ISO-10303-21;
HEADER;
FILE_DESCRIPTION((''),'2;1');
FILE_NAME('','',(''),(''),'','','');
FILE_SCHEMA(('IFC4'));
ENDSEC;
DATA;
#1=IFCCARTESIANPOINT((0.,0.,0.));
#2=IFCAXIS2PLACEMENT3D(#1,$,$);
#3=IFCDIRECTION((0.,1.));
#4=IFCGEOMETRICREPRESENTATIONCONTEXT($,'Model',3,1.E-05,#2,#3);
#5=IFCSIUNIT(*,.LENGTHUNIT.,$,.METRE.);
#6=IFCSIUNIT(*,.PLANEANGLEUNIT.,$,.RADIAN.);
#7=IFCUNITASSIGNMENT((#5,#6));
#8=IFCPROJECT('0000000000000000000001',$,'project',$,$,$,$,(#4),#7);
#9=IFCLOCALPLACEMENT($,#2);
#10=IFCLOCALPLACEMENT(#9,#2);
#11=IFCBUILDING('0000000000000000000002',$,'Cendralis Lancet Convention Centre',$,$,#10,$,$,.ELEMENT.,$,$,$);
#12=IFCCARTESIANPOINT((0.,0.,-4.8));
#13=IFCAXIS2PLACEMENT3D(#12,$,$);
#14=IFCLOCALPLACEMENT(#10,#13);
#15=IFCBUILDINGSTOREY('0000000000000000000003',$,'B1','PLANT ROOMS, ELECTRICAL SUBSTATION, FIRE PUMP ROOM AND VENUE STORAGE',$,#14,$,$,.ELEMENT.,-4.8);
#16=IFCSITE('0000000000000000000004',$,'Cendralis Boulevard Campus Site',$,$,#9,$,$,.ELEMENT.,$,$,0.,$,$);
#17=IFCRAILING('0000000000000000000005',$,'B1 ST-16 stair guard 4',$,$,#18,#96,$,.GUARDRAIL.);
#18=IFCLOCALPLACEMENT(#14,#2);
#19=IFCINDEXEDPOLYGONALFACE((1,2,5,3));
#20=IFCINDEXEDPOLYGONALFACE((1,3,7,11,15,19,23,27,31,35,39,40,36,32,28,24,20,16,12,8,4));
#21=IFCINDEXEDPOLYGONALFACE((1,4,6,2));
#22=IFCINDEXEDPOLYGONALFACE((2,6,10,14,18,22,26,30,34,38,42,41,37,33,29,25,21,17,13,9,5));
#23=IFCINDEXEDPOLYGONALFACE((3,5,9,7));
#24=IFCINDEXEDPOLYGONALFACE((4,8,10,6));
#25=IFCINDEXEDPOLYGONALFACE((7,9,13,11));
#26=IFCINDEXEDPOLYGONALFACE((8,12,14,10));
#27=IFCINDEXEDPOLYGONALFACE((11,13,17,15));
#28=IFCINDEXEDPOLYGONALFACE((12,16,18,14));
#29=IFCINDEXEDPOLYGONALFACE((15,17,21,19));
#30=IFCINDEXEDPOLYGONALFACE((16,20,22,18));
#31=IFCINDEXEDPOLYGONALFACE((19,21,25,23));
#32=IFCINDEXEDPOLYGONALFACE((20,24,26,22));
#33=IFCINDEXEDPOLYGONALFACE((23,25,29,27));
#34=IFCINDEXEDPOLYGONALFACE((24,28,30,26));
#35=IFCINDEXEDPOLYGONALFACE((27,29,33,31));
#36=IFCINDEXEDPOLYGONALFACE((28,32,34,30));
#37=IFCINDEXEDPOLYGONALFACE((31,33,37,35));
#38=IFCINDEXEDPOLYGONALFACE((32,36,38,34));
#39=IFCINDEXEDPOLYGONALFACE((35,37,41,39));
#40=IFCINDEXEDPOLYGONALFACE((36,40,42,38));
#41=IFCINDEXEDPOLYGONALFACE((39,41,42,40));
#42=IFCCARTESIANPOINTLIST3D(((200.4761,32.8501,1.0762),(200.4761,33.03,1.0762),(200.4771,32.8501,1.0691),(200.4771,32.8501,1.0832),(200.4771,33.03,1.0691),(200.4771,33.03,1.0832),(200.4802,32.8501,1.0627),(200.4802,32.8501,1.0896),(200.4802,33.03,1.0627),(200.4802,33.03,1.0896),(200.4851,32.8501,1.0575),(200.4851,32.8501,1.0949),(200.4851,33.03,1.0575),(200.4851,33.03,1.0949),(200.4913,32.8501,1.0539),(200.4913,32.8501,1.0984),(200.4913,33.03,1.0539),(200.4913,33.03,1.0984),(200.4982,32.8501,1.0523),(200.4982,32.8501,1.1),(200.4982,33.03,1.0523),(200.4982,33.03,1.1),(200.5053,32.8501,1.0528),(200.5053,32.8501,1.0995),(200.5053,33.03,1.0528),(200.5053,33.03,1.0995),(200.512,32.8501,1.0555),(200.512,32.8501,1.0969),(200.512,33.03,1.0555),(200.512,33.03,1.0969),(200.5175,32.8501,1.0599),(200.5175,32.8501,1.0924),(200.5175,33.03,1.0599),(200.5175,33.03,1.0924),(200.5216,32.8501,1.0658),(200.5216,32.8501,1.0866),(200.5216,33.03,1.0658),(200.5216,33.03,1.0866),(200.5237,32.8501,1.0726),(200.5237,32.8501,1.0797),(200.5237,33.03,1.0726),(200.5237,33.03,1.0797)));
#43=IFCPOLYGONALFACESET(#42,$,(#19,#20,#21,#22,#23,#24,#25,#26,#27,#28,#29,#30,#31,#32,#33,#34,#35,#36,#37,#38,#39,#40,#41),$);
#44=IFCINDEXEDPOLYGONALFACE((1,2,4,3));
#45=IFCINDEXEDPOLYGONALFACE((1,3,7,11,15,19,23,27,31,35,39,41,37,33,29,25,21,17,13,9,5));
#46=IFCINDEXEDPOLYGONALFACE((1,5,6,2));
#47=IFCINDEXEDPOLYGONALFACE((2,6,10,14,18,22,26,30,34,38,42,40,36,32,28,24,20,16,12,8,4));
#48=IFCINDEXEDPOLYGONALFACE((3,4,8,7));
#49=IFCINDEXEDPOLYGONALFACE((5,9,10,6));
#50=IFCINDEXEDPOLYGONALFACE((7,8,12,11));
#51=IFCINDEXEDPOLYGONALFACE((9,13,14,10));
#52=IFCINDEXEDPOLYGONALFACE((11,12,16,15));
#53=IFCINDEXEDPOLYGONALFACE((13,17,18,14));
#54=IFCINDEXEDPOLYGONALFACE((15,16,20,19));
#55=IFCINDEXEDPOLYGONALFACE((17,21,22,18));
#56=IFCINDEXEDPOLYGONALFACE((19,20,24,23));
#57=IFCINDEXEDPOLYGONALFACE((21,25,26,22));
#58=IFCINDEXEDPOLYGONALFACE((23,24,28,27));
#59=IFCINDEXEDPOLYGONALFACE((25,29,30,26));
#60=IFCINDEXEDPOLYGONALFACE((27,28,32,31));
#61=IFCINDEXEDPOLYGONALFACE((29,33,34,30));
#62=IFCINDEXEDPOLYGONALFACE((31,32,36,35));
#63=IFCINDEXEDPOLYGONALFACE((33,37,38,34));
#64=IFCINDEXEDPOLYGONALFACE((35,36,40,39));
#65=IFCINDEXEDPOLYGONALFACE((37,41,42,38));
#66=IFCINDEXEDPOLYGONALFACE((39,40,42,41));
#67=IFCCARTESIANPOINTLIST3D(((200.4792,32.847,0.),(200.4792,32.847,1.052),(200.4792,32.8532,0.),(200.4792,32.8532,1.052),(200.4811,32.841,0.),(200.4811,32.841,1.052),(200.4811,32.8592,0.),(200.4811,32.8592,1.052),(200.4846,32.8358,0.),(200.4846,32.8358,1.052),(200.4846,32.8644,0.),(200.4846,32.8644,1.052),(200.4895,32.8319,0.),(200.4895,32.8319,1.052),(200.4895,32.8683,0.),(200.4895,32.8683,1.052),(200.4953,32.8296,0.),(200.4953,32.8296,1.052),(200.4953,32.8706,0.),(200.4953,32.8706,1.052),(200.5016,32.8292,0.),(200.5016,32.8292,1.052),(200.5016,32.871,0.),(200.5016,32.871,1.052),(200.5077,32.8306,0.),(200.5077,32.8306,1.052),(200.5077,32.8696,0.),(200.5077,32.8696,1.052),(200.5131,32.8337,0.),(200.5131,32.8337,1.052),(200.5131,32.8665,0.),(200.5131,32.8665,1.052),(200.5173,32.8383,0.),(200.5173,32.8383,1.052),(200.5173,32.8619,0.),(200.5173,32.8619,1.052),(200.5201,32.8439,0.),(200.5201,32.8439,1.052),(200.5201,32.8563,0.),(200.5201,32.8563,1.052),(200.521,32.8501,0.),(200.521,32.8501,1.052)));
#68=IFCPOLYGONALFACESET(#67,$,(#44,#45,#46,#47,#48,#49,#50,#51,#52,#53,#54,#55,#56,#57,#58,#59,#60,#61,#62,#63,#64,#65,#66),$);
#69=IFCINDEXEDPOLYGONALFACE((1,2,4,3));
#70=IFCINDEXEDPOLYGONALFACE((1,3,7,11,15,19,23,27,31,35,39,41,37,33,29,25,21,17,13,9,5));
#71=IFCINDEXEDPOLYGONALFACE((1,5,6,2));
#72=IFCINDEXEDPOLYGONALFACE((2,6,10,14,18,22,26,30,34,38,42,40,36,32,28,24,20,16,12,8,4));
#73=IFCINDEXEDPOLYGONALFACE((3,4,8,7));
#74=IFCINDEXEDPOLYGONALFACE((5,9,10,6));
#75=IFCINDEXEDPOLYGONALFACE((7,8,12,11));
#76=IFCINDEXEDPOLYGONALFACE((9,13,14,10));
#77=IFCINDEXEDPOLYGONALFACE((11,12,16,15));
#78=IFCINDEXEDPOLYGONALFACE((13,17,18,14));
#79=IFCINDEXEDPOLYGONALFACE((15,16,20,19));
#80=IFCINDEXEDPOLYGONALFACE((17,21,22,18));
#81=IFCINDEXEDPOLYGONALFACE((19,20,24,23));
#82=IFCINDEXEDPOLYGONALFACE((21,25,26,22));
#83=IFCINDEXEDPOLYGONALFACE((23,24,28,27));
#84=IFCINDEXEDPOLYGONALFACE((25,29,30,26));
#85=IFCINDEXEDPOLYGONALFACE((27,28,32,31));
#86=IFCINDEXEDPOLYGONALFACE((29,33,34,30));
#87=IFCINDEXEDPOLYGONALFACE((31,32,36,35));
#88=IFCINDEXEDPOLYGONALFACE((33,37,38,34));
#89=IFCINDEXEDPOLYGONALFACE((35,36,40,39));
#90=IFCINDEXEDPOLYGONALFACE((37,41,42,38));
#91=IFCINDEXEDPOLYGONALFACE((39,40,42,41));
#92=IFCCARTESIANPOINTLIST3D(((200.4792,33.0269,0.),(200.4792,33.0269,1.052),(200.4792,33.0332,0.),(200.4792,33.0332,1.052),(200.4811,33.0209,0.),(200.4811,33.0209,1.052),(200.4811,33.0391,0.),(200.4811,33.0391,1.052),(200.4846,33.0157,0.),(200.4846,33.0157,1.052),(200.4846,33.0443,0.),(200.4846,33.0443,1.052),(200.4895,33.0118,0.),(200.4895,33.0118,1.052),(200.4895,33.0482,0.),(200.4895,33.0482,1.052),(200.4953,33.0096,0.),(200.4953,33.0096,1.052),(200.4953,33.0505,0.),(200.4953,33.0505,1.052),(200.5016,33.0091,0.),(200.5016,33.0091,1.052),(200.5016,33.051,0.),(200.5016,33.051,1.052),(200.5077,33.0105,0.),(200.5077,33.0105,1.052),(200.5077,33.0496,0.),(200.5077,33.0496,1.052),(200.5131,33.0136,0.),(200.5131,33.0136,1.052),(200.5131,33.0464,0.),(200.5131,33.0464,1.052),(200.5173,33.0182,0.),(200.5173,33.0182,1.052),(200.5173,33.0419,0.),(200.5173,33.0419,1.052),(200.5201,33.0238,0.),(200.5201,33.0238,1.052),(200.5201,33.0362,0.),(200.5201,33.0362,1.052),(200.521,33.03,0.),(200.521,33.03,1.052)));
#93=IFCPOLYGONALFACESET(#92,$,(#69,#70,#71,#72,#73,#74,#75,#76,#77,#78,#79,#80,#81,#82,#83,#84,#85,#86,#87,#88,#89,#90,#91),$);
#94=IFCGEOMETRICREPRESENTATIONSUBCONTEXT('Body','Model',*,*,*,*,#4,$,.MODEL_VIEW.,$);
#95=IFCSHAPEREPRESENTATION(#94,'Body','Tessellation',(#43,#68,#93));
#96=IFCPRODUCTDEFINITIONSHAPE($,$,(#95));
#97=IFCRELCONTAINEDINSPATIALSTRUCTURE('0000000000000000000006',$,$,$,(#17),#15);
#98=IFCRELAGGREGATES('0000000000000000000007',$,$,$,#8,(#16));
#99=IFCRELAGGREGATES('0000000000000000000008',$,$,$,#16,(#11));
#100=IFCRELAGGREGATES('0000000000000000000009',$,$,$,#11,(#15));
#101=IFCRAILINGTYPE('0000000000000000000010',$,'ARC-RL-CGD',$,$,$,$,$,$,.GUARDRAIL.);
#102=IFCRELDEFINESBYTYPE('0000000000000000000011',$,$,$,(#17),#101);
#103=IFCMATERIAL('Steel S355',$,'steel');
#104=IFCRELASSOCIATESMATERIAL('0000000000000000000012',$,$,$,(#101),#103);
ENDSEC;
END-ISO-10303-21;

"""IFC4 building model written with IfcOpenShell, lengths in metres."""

from ifc_helpers import new_model, si_unit, direction, frame, origin, origin_2d, place, context, subcontext, project, spatial, circle, extrude, material, type_object, element, save


model = new_model("IFC4")

# Units and contexts
model_context = context("Model", 3, precision=1e-05, world=origin(), true_north=direction((0.0, 1.0)))
body_context = subcontext(model_context, "Body", "Model", "MODEL_VIEW")
ifc_project = project(units=[si_unit("LENGTHUNIT", "METRE"), si_unit("PLANEANGLEUNIT", "RADIAN")], contexts=[model_context])

# Site, building, storey
site_placement = place(None, origin())
site = spatial("IfcSite", under=ifc_project, at=site_placement, Name="Cendralis Boulevard Campus Site", CompositionType="ELEMENT", RefElevation=0.0)
building_placement = place(site_placement, origin())
building = spatial("IfcBuilding", under=site, at=building_placement, Name="Cendralis Lancet Convention Centre", CompositionType="ELEMENT")
storey_placement = place(building_placement, frame((0.0, 0.0, -4.8)))
storey = spatial("IfcBuildingStorey", under=building, at=storey_placement, Name="B1", Description="PLANT ROOMS, ELECTRICAL SUBSTATION, FIRE PUMP ROOM AND VENUE STORAGE", CompositionType="ELEMENT", Elevation=-4.8)

# Railing
ifc_material_1 = material(Name="Steel S355", Category="steel")
railing_type_1 = type_object("IfcRailingType", Name="ARC-RL-CGD", PredefinedType="GUARDRAIL", material=ifc_material_1)
railing_1_placement = place(storey_placement, frame((200.5, 32.8501, 0.0)))
element("IfcRailing", 1, at=railing_1_placement, inside=storey, type_object=railing_type_1, Name="B1 ST-16 stair guard 4", PredefinedType="GUARDRAIL", context=body_context, shape_type="SweptSolid", body=[
    extrude(circle(Radius=0.0239, at=origin_2d()), frame((0.0, 0.0, 1.0762), z_axis=(0.0, 1.0, 0.0), x_axis=(-1.0, 0.0, 0.0)), (0.0, 0.0, 1.0), 0.1799),
    extrude(circle(Radius=0.021, at=origin_2d()), origin(), (0.0, 0.0, 1.0), 1.052),
    extrude(circle(Radius=0.021, at=origin_2d()), frame((0.0, 0.1799, 0.0)), (0.0, 0.0, 1.0), 1.052),
])

save(model, "model.ifc")
